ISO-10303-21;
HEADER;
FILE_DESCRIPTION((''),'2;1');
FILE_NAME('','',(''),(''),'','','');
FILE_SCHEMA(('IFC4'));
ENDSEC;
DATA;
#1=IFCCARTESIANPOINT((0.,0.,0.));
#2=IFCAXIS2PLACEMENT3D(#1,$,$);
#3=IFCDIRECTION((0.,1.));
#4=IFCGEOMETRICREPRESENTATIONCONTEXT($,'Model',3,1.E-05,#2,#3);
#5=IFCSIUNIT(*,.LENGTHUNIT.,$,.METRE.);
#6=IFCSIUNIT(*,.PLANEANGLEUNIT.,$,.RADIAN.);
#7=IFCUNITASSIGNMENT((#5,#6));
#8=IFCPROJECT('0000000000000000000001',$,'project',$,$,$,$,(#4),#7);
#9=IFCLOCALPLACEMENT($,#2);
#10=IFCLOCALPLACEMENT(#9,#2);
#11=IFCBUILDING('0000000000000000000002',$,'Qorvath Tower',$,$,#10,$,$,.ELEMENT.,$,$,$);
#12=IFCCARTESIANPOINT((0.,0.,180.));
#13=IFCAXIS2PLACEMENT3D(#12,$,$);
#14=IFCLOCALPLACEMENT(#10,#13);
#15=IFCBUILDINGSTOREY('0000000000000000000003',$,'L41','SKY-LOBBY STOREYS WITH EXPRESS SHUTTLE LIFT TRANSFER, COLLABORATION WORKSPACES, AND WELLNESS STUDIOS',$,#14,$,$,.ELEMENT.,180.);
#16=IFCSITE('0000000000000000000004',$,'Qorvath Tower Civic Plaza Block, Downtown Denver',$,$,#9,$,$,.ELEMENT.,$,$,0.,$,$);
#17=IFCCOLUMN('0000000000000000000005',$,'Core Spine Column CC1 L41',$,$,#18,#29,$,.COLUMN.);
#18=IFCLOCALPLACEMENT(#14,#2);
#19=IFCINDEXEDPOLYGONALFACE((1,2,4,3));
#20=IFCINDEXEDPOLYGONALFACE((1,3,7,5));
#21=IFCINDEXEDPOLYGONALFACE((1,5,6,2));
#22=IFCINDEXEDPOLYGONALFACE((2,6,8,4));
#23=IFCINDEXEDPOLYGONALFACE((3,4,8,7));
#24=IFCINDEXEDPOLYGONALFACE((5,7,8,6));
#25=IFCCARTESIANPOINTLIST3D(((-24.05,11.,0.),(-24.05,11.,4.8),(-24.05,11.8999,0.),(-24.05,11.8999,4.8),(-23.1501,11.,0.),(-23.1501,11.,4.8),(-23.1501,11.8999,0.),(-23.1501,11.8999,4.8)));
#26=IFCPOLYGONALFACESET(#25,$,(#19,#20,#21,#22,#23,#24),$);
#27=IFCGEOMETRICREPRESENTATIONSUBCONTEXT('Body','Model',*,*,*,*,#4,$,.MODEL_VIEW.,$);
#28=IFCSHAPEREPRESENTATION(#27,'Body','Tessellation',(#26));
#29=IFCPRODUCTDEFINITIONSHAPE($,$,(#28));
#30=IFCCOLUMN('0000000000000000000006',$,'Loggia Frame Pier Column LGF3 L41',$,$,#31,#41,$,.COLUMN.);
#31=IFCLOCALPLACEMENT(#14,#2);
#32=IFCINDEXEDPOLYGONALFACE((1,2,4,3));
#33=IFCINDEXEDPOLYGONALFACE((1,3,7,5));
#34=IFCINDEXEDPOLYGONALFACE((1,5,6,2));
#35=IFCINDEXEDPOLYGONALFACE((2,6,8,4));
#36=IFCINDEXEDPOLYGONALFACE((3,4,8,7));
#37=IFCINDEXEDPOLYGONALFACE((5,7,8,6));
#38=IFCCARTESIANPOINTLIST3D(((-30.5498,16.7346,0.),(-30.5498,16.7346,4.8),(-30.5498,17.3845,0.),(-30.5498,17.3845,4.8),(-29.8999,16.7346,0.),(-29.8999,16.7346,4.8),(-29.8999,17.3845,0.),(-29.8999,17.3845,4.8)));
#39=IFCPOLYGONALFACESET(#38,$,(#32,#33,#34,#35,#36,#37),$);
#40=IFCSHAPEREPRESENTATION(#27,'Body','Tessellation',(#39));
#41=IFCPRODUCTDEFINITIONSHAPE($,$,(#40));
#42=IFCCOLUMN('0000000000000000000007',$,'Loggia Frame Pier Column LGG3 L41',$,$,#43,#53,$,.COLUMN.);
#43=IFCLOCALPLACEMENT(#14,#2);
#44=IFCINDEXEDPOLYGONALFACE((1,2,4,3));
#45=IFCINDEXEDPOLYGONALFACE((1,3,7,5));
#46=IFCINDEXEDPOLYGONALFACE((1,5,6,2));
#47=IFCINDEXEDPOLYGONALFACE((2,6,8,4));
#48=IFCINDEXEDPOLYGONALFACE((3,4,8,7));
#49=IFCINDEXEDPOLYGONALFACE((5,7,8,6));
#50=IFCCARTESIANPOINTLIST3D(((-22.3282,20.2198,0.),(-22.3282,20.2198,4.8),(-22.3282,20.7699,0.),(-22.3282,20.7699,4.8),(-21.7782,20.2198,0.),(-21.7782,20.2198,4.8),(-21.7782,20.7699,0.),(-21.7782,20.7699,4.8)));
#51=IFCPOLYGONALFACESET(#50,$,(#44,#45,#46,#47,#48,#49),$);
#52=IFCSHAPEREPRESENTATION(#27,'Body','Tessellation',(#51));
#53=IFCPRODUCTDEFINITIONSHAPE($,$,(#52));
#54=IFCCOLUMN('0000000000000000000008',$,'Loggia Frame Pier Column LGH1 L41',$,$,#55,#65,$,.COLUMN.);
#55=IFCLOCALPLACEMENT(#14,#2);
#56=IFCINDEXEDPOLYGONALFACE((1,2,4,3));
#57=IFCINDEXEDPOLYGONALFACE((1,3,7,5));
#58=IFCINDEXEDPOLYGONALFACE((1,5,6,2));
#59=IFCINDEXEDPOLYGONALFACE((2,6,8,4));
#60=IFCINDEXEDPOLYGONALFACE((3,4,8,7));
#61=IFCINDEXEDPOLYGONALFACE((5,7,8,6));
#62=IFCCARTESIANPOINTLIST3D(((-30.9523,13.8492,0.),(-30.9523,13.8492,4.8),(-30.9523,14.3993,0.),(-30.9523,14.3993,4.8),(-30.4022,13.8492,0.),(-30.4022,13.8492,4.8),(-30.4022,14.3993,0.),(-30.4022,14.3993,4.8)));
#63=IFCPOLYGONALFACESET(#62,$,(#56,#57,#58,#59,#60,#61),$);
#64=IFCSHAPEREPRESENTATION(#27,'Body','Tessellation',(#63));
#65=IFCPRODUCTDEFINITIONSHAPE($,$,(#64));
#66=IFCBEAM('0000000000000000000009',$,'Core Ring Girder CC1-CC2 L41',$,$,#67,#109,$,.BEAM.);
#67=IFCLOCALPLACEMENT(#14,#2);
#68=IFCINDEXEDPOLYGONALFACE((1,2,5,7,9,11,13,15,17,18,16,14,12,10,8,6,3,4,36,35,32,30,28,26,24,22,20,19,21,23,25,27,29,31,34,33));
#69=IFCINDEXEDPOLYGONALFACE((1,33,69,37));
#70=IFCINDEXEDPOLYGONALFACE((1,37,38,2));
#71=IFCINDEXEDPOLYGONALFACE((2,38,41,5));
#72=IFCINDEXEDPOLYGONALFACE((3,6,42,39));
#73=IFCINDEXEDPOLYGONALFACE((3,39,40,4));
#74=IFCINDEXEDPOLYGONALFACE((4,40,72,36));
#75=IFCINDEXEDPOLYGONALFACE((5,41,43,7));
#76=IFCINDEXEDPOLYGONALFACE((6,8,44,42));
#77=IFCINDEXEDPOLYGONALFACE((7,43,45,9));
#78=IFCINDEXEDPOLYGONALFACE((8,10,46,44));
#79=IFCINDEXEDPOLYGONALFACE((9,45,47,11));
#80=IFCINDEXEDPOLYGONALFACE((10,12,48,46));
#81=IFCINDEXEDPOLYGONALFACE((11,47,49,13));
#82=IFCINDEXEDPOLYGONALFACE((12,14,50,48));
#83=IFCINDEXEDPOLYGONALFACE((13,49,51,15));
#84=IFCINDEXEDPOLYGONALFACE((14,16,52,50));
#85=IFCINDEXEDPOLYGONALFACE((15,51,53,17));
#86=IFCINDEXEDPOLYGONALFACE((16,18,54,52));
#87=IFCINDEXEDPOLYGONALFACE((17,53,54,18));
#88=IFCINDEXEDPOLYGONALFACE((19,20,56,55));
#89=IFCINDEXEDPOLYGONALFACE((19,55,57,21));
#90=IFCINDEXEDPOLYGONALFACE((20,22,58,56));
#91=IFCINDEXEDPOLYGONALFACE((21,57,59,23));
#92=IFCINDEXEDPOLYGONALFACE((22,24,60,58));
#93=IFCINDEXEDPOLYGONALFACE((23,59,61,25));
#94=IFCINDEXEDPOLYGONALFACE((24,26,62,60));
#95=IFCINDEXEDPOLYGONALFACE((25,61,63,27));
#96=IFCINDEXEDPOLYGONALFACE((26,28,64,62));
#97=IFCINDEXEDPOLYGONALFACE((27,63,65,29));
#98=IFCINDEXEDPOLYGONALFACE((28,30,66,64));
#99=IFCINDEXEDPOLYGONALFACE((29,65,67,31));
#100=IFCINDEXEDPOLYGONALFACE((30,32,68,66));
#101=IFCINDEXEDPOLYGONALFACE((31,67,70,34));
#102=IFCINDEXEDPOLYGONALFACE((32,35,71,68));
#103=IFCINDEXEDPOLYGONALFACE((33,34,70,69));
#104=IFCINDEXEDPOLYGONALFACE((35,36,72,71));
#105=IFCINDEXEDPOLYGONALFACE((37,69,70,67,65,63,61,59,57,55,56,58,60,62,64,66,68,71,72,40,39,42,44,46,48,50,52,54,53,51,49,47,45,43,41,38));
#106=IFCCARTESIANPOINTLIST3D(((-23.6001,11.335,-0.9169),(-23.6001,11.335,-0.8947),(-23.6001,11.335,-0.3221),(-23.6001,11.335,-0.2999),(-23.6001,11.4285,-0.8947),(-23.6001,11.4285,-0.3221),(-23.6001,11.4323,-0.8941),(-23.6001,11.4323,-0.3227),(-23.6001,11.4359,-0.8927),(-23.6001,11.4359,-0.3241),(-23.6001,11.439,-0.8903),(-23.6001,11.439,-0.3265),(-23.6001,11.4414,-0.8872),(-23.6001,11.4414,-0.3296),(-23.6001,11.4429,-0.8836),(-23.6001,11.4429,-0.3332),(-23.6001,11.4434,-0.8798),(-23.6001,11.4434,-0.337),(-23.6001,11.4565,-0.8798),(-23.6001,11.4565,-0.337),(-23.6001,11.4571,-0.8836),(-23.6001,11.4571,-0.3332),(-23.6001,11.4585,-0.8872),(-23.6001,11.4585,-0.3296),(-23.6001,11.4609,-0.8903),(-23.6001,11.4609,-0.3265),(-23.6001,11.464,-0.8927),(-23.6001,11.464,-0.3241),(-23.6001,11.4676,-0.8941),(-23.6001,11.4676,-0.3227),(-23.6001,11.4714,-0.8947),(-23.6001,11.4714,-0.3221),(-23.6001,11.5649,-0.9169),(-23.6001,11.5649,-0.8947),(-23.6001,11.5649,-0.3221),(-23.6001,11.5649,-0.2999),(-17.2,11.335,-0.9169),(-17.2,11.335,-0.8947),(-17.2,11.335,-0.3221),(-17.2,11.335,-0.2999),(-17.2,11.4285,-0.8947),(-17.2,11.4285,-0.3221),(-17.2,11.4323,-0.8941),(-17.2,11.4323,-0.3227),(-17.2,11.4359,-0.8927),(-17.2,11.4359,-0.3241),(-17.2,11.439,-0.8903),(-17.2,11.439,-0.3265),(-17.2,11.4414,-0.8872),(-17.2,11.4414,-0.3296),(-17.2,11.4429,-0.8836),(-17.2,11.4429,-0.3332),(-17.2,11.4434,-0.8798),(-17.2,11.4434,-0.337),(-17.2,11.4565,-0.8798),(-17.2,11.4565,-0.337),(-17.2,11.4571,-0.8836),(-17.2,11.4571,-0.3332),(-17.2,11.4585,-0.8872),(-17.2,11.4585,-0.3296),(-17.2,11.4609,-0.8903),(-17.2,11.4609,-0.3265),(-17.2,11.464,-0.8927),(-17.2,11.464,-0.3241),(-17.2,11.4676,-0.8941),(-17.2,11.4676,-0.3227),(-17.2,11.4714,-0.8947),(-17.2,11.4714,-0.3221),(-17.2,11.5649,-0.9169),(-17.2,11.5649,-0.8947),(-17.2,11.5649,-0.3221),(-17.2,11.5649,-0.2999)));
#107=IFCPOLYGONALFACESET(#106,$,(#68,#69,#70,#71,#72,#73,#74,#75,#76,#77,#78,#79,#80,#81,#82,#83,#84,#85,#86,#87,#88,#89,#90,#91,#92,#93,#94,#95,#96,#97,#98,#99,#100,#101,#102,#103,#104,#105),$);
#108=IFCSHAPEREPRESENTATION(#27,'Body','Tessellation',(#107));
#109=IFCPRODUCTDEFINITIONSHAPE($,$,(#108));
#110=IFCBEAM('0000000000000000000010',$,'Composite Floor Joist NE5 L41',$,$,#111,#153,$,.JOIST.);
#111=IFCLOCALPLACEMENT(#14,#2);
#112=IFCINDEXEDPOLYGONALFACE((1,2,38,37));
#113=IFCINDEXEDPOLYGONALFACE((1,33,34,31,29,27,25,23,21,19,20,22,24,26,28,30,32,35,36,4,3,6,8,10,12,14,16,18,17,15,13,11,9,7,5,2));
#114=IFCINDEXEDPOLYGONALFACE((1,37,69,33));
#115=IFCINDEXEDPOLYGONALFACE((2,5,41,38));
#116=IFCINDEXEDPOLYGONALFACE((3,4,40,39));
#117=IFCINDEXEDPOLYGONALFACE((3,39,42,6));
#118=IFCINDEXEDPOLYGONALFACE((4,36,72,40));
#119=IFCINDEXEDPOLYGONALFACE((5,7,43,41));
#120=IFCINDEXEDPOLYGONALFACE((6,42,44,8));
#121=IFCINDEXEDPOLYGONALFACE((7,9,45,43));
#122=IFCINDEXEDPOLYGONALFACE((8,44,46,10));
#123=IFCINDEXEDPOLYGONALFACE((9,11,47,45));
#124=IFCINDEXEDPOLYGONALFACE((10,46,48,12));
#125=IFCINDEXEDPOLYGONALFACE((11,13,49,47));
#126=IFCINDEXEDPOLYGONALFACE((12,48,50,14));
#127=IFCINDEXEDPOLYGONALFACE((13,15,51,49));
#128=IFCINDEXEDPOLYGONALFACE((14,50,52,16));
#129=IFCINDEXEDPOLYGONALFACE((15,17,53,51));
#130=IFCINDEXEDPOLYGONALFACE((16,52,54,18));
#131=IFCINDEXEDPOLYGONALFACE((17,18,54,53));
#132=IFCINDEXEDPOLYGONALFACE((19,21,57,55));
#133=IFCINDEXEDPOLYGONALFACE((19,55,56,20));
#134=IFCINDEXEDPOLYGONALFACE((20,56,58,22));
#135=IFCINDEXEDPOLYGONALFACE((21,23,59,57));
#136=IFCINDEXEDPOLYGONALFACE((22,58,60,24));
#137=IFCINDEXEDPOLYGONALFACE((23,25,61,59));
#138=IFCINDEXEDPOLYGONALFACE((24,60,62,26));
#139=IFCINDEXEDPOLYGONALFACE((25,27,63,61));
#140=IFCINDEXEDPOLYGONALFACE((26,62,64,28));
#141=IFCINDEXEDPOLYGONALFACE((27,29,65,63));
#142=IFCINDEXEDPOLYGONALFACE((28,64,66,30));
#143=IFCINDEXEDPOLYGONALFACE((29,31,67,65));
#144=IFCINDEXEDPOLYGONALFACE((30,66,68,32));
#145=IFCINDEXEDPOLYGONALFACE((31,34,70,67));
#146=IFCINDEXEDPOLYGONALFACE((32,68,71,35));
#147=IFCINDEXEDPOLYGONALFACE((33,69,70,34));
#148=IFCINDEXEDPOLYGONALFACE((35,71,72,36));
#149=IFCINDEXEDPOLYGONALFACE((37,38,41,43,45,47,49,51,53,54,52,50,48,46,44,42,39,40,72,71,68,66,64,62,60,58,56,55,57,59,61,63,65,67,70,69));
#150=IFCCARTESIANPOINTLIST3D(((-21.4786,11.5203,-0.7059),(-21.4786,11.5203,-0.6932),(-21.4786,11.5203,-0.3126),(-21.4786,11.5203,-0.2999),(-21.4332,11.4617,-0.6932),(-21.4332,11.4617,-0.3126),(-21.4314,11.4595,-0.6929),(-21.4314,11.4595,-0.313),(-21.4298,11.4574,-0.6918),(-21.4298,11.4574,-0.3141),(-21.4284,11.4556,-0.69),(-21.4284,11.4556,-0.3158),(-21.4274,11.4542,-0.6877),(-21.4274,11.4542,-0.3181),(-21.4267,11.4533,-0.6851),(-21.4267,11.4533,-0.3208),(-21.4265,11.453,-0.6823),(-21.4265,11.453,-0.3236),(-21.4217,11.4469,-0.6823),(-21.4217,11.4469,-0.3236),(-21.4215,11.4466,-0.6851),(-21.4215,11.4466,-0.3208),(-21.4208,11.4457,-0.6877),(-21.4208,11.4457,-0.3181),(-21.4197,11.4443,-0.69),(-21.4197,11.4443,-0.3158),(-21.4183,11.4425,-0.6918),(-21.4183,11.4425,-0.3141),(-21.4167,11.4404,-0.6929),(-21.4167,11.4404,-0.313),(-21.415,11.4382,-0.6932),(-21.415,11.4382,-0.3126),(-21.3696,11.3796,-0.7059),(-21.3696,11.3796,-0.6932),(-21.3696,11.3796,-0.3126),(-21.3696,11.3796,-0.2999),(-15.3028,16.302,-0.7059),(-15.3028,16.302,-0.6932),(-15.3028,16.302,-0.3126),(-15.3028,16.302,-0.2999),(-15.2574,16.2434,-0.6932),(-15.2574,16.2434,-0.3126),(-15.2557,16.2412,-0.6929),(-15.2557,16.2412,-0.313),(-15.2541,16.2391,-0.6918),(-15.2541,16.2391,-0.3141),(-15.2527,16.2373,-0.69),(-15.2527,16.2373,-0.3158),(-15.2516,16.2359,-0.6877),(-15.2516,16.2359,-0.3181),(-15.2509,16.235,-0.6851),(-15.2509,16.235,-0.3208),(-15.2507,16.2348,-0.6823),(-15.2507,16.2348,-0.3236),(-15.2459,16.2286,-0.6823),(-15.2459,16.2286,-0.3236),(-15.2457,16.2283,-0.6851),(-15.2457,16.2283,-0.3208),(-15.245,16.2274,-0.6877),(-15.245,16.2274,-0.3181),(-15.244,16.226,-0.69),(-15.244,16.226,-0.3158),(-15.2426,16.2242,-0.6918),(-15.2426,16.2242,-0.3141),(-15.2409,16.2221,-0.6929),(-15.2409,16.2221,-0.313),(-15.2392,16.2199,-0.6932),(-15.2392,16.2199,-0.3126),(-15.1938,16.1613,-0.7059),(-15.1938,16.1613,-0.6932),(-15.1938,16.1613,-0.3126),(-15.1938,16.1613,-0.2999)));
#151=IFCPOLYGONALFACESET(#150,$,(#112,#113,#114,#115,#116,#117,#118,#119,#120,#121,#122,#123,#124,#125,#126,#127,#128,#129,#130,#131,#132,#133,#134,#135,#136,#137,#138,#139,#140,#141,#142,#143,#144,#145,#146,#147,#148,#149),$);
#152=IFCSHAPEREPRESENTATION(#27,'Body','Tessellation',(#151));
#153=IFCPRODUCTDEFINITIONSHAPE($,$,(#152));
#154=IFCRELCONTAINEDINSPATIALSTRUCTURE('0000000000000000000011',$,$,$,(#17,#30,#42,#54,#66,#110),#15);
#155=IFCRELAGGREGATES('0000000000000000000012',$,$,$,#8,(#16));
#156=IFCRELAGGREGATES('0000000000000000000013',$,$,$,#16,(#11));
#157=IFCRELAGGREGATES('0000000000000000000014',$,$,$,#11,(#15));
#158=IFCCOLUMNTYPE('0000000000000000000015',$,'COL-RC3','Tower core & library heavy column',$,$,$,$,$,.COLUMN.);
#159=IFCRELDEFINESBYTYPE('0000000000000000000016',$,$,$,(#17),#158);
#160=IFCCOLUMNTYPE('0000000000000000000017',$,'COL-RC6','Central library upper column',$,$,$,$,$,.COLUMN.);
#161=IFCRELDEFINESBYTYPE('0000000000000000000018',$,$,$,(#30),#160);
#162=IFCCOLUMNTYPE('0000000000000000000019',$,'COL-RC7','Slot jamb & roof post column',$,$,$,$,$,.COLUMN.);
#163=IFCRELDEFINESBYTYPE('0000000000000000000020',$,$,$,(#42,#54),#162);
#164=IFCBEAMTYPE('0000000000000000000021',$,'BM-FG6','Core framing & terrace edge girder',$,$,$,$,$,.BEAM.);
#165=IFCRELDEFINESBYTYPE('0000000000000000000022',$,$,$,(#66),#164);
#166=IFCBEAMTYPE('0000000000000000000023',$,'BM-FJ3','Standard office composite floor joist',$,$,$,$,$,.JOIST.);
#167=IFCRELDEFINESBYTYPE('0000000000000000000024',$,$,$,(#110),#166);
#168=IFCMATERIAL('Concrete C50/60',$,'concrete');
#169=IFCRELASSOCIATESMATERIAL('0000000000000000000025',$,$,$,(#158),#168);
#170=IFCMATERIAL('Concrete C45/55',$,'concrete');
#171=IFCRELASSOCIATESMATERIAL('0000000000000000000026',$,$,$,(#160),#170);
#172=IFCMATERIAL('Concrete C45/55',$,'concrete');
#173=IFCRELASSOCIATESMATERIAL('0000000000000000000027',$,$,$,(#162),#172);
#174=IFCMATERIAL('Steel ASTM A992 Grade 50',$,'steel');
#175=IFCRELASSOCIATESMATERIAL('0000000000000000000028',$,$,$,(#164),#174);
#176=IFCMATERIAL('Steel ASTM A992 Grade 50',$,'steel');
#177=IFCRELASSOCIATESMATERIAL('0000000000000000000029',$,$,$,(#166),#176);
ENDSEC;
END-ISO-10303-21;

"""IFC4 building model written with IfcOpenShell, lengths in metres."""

from ifc_helpers import new_model, si_unit, direction, frame, origin, origin_2d, place, context, subcontext, project, spatial, rectangle, i_section, extrude, material, material_profile, profile_set, type_object, element, save


model = new_model("IFC4")

# Units and contexts
model_context = context("Model", 3, precision=1e-05, world=origin(), true_north=direction((0.0, 1.0)))
body_context = subcontext(model_context, "Body", "Model", "MODEL_VIEW")
ifc_project = project(units=[si_unit("LENGTHUNIT", "METRE"), si_unit("PLANEANGLEUNIT", "RADIAN")], contexts=[model_context])

# Site, building, storey
site_placement = place(None, origin())
site = spatial("IfcSite", under=ifc_project, at=site_placement, Name="Qorvath Tower Civic Plaza Block, Downtown Denver", CompositionType="ELEMENT", RefElevation=0.0)
building_placement = place(site_placement, origin())
building = spatial("IfcBuilding", under=site, at=building_placement, Name="Qorvath Tower", CompositionType="ELEMENT")
storey_placement = place(building_placement, frame((0.0, 0.0, 180.0)))
storey = spatial("IfcBuildingStorey", under=building, at=storey_placement, Name="L41", Description="SKY-LOBBY STOREYS WITH EXPRESS SHUTTLE LIFT TRANSFER, COLLABORATION WORKSPACES, AND WELLNESS STUDIOS", CompositionType="ELEMENT", Elevation=180.0)

# Columns
ifc_material_1 = material(Name="Concrete C50/60", Category="concrete")
ifc_material_profile_1 = material_profile(ifc_material_1, rectangle(XDim=0.8999, YDim=0.8999, at=origin_2d()), Name="RC 900x900")
ifc_profile_set_1 = profile_set([ifc_material_profile_1], Name="Concrete C50/60")
column_type_1 = type_object("IfcColumnType", Name="COL-RC3", Description="Tower core & library heavy column", PredefinedType="COLUMN", material=ifc_profile_set_1)
column_1_placement = place(storey_placement, frame((-23.6001, 11.45, 0.0), z_axis=(0.0, 0.0, 1.0), x_axis=(1.0, 0.0, 0.0)))
element("IfcColumn", 1, at=column_1_placement, inside=storey, type_object=column_type_1, Name="Core Spine Column CC1 L41", PredefinedType="COLUMN", context=body_context, shape_type="SweptSolid", body=[
    extrude(rectangle(XDim=0.8999, YDim=0.8999, at=origin_2d()), origin(), (0.0, 0.0, 1.0), 4.8),
])
ifc_material_2 = material(Name="Concrete C45/55", Category="concrete")
ifc_material_profile_2 = material_profile(ifc_material_2, rectangle(XDim=0.6499, YDim=0.6499, at=origin_2d()), Name="RC 650x650")
ifc_profile_set_2 = profile_set([ifc_material_profile_2], Name="Concrete C45/55")
column_type_2 = type_object("IfcColumnType", Name="COL-RC6", Description="Central library upper column", PredefinedType="COLUMN", material=ifc_profile_set_2)
column_2_placement = place(storey_placement, frame((-30.2249, 17.0596, 0.0), z_axis=(0.0, 0.0, 1.0), x_axis=(1.0, 0.0, 0.0)))
element("IfcColumn", 2, at=column_2_placement, inside=storey, type_object=column_type_2, Name="Loggia Frame Pier Column LGF3 L41", PredefinedType="COLUMN", context=body_context, shape_type="SweptSolid", body=[
    extrude(rectangle(XDim=0.6499, YDim=0.6499, at=origin_2d()), origin(), (0.0, 0.0, 1.0), 4.8),
])
ifc_material_3 = material(Name="Concrete C45/55", Category="concrete")
ifc_material_profile_3 = material_profile(ifc_material_3, rectangle(XDim=0.55, YDim=0.55, at=origin_2d()), Name="RC 550x550")
ifc_profile_set_3 = profile_set([ifc_material_profile_3], Name="Concrete C45/55")
column_type_3 = type_object("IfcColumnType", Name="COL-RC7", Description="Slot jamb & roof post column", PredefinedType="COLUMN", material=ifc_profile_set_3)
for number, where, z_axis, x_axis, name in (
    (3, (-22.0532, 20.4949, 0.0), (0.0, 0.0, 1.0), (1.0, 0.0, 0.0), "Loggia Frame Pier Column LGG3 L41"),
    (4, (-30.6772, 14.1243, 0.0), (0.0, 0.0, 1.0), (1.0, 0.0, 0.0), "Loggia Frame Pier Column LGH1 L41"),
):
    element("IfcColumn", number, at=place(storey_placement, frame(where, z_axis=z_axis, x_axis=x_axis)), inside=storey, type_object=column_type_3, Name=name, PredefinedType="COLUMN", context=body_context, shape_type="SweptSolid", body=[
        extrude(rectangle(XDim=0.55, YDim=0.55, at=origin_2d()), origin(), (0.0, 0.0, 1.0), 4.8),
    ])

# Beams
ifc_material_4 = material(Name="Steel ASTM A992 Grade 50", Category="steel")
ifc_material_profile_4 = material_profile(ifc_material_4, i_section(OverallWidth=0.23, OverallDepth=0.6169, WebThickness=0.0132, FlangeThickness=0.0222, FilletRadius=0.0149, at=origin_2d()), Name="W24x94")
ifc_profile_set_4 = profile_set([ifc_material_profile_4], Name="Steel ASTM A992 Grade 50")
beam_type_1 = type_object("IfcBeamType", Name="BM-FG6", Description="Core framing & terrace edge girder", PredefinedType="BEAM", material=ifc_profile_set_4)
beam_1_placement = place(storey_placement, frame((-23.6001, 11.45, -0.6084), z_axis=(1.0, 0.0, 0.0), x_axis=(0.0, 1.0, 0.0)))
element("IfcBeam", 5, at=beam_1_placement, inside=storey, type_object=beam_type_1, Name="Core Ring Girder CC1-CC2 L41", PredefinedType="BEAM", context=body_context, shape_type="SweptSolid", body=[
    extrude(i_section(OverallWidth=0.23, OverallDepth=0.6169, WebThickness=0.0132, FlangeThickness=0.0222, FilletRadius=0.0149, at=origin_2d()), origin(), (0.0, 0.0, 1.0), 6.4001),
])
ifc_material_5 = material(Name="Steel ASTM A992 Grade 50", Category="steel")
ifc_material_profile_5 = material_profile(ifc_material_5, i_section(OverallWidth=0.178, OverallDepth=0.406, WebThickness=0.0078, FlangeThickness=0.0127, FilletRadius=0.011, at=origin_2d()), Name="W16x40")
ifc_profile_set_5 = profile_set([ifc_material_profile_5], Name="Steel ASTM A992 Grade 50")
beam_type_2 = type_object("IfcBeamType", Name="BM-FJ3", Description="Standard office composite floor joist", PredefinedType="JOIST", material=ifc_profile_set_5)
beam_2_placement = place(storey_placement, frame((-21.4241, 11.45, -0.5029), z_axis=(0.790693, 0.612212, 0.0), x_axis=(-0.612212, 0.790693, 0.0)))
element("IfcBeam", 6, at=beam_2_placement, inside=storey, type_object=beam_type_2, Name="Composite Floor Joist NE5 L41", PredefinedType="JOIST", context=body_context, shape_type="SweptSolid", body=[
    extrude(i_section(OverallWidth=0.178, OverallDepth=0.406, WebThickness=0.0078, FlangeThickness=0.0127, FilletRadius=0.011, at=origin_2d()), origin(), (0.0, 0.0, 1.0), 7.8105),
])

save(model, "model.ifc")
